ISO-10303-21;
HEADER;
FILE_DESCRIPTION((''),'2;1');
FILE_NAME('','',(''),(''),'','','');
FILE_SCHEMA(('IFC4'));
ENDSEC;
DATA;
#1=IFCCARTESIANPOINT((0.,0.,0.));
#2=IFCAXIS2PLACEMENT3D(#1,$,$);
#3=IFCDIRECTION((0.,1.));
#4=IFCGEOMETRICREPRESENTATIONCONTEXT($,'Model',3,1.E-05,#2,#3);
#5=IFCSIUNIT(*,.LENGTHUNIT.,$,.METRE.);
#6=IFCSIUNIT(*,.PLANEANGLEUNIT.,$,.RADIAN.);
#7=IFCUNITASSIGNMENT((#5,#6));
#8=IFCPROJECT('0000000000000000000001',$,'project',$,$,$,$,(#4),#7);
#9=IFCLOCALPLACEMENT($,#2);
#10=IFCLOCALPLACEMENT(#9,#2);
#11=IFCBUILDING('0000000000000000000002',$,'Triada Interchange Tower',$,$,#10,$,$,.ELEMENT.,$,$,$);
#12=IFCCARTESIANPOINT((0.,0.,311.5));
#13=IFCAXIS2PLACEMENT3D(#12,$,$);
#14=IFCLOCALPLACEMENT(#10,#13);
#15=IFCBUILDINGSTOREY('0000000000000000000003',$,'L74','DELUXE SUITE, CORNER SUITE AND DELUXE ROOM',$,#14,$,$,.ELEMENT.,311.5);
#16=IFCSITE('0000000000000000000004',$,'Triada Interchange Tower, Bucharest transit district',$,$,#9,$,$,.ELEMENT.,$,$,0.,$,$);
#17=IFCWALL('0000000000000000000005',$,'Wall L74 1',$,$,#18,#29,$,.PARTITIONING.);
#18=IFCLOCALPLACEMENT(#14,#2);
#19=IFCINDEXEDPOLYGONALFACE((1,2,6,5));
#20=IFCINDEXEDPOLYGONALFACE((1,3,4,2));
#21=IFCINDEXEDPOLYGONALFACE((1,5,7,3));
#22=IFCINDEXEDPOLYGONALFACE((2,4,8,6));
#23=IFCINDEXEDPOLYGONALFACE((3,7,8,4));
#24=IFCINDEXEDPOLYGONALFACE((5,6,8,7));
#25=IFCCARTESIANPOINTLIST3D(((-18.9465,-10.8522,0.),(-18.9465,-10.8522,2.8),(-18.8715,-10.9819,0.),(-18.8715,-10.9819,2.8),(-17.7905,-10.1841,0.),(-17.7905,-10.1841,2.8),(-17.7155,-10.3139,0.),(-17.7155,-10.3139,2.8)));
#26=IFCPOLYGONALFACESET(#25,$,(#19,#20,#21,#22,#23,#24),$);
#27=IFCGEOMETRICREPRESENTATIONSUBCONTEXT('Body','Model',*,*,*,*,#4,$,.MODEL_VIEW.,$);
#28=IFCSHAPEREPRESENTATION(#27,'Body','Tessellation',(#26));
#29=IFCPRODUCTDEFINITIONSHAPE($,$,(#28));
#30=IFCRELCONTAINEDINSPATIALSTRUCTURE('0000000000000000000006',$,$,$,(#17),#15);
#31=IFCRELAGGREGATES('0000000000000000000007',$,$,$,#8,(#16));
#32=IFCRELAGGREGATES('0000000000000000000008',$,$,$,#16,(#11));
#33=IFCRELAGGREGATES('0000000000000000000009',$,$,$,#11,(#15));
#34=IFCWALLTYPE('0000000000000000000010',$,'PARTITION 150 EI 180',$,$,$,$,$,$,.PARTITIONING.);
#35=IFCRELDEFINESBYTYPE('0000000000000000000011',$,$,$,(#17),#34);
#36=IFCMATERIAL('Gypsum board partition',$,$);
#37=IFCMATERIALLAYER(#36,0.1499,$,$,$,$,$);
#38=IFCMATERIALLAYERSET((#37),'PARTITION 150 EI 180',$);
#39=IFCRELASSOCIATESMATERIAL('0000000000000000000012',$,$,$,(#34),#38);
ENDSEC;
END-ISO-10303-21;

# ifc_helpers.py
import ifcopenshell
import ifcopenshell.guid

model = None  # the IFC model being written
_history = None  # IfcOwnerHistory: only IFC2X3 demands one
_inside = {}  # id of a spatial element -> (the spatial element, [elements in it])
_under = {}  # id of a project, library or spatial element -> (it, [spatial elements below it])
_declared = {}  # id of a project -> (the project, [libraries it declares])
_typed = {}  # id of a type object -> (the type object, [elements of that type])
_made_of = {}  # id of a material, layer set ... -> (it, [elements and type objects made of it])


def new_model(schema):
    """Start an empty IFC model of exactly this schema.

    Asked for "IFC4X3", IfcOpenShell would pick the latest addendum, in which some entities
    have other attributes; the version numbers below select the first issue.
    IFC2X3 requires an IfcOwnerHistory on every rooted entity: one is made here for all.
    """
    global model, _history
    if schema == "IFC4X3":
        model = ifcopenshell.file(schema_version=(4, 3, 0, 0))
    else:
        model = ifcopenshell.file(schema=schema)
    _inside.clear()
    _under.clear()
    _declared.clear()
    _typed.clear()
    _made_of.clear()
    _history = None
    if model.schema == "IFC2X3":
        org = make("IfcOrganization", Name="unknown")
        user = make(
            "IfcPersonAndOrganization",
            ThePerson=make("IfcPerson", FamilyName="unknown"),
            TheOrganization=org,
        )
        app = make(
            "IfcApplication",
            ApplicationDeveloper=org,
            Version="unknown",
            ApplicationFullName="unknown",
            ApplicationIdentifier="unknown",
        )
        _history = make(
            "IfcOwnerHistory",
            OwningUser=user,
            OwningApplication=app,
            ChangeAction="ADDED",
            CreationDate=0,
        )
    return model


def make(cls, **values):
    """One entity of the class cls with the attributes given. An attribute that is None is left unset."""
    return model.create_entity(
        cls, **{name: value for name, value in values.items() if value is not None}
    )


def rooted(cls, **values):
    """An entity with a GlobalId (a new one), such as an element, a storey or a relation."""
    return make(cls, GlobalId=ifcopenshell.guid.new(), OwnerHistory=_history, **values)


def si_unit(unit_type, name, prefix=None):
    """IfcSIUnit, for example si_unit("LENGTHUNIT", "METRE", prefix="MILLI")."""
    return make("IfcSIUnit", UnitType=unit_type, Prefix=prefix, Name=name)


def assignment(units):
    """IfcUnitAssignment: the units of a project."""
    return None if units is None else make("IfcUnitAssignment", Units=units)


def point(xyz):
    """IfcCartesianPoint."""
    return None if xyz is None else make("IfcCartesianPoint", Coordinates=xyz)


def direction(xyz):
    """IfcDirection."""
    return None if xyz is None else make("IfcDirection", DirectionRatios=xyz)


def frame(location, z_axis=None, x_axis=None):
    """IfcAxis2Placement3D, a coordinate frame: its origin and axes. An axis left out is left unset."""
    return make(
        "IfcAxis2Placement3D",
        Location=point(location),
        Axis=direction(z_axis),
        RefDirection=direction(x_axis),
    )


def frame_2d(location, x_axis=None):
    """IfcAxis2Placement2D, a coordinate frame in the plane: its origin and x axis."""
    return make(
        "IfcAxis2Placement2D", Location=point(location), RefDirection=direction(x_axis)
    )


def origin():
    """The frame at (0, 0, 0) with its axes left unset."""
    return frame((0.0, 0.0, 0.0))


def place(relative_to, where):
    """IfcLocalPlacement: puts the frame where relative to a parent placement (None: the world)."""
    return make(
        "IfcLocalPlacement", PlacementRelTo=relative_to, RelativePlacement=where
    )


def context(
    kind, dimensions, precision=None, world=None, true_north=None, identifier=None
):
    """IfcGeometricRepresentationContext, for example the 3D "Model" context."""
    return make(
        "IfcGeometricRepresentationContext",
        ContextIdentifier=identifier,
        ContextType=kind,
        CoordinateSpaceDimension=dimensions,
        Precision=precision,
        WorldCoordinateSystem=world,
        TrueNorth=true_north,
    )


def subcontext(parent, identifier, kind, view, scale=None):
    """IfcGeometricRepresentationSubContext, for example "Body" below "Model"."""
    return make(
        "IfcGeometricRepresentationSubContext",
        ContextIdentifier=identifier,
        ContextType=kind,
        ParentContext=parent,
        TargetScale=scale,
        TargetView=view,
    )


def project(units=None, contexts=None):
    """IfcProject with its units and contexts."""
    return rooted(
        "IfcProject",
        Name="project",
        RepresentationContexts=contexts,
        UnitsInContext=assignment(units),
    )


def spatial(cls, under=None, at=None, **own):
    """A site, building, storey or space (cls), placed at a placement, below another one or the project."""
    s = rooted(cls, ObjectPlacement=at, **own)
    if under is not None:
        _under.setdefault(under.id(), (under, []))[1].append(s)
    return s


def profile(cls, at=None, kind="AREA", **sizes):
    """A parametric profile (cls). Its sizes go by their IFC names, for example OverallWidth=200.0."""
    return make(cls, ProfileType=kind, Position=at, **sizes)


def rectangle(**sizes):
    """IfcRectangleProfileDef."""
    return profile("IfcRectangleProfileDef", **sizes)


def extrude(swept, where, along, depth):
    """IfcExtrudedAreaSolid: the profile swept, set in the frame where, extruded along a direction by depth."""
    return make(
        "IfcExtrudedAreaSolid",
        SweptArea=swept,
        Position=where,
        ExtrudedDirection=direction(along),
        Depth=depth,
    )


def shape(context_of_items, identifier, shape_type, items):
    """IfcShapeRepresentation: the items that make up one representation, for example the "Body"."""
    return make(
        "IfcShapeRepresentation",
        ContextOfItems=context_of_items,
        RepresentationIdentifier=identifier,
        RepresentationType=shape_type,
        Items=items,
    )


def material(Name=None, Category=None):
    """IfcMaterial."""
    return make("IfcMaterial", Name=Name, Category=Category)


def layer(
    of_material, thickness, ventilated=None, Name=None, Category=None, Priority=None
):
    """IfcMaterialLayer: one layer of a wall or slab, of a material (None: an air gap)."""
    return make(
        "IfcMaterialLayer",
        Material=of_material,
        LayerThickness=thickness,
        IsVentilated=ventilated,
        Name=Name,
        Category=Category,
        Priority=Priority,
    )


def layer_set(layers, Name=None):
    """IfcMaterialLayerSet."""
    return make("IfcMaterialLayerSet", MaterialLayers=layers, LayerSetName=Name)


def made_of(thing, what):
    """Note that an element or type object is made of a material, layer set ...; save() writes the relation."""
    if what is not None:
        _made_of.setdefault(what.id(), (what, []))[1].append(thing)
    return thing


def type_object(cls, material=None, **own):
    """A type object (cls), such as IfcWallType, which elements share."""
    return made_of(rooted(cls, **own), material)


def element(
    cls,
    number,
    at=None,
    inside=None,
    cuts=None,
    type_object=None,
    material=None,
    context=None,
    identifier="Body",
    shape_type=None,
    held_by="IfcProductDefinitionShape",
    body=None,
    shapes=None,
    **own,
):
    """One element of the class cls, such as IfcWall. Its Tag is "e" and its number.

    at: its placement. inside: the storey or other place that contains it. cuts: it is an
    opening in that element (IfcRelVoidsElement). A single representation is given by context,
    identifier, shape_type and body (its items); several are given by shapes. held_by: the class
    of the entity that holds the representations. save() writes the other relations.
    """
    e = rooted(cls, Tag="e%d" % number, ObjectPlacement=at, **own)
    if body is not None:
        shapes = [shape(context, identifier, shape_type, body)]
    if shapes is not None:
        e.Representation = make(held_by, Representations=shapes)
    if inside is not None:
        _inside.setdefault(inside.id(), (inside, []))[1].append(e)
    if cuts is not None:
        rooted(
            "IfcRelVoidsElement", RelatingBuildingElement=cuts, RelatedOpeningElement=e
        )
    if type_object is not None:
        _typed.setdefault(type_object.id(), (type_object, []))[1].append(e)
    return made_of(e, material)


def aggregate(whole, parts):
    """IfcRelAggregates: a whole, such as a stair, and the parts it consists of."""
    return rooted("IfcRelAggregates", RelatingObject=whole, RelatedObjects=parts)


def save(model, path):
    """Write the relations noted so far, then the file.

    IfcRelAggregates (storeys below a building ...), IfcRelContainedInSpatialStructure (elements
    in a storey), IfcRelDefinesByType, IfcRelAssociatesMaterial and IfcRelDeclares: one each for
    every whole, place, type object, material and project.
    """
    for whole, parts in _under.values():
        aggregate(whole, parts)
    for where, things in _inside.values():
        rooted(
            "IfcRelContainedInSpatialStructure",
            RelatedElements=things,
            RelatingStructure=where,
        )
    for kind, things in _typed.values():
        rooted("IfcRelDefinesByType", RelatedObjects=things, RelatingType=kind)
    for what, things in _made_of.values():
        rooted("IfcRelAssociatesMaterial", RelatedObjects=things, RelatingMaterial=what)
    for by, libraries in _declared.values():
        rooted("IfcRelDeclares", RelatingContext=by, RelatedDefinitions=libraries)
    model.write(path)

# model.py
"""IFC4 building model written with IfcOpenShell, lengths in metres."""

from ifc_helpers import new_model, si_unit, direction, frame, frame_2d, origin, place, context, subcontext, project, spatial, rectangle, extrude, material, layer, layer_set, type_object, element, save


model = new_model("IFC4")

# Units and contexts
model_context = context("Model", 3, precision=1e-05, world=origin(), true_north=direction((0.0, 1.0)))
body_context = subcontext(model_context, "Body", "Model", "MODEL_VIEW")
ifc_project = project(units=[si_unit("LENGTHUNIT", "METRE"), si_unit("PLANEANGLEUNIT", "RADIAN")], contexts=[model_context])

# Site, building, storey
site_placement = place(None, origin())
site = spatial("IfcSite", under=ifc_project, at=site_placement, Name="Triada Interchange Tower, Bucharest transit district", CompositionType="ELEMENT", RefElevation=0.0)
building_placement = place(site_placement, origin())
building = spatial("IfcBuilding", under=site, at=building_placement, Name="Triada Interchange Tower", CompositionType="ELEMENT")
storey_placement = place(building_placement, frame((0.0, 0.0, 311.5)))
storey = spatial("IfcBuildingStorey", under=building, at=storey_placement, Name="L74", Description="DELUXE SUITE, CORNER SUITE AND DELUXE ROOM", CompositionType="ELEMENT", Elevation=311.5)

# Wall
ifc_material_1 = material(Name="Gypsum board partition")
ifc_layer_1 = layer(ifc_material_1, 0.1499)
ifc_layer_set_1 = layer_set([ifc_layer_1], Name="PARTITION 150 EI 180")
wall_type_1 = type_object("IfcWallType", Name="PARTITION 150 EI 180", PredefinedType="PARTITIONING", material=ifc_layer_set_1)
wall_1_placement = place(storey_placement, frame((-18.9089, -10.917, 0.0), z_axis=(0.0, 0.0, 1.0), x_axis=(0.865847, 0.500308, 0.0)))
element("IfcWall", 1, at=wall_1_placement, inside=storey, type_object=wall_type_1, Name="Wall L74 1", PredefinedType="PARTITIONING", context=body_context, shape_type="SweptSolid", body=[
    extrude(rectangle(XDim=1.3352, YDim=0.1499, at=frame_2d((0.6675, 0.0))), origin(), (0.0, 0.0, 1.0), 2.8),
])

save(model, "model.ifc")
